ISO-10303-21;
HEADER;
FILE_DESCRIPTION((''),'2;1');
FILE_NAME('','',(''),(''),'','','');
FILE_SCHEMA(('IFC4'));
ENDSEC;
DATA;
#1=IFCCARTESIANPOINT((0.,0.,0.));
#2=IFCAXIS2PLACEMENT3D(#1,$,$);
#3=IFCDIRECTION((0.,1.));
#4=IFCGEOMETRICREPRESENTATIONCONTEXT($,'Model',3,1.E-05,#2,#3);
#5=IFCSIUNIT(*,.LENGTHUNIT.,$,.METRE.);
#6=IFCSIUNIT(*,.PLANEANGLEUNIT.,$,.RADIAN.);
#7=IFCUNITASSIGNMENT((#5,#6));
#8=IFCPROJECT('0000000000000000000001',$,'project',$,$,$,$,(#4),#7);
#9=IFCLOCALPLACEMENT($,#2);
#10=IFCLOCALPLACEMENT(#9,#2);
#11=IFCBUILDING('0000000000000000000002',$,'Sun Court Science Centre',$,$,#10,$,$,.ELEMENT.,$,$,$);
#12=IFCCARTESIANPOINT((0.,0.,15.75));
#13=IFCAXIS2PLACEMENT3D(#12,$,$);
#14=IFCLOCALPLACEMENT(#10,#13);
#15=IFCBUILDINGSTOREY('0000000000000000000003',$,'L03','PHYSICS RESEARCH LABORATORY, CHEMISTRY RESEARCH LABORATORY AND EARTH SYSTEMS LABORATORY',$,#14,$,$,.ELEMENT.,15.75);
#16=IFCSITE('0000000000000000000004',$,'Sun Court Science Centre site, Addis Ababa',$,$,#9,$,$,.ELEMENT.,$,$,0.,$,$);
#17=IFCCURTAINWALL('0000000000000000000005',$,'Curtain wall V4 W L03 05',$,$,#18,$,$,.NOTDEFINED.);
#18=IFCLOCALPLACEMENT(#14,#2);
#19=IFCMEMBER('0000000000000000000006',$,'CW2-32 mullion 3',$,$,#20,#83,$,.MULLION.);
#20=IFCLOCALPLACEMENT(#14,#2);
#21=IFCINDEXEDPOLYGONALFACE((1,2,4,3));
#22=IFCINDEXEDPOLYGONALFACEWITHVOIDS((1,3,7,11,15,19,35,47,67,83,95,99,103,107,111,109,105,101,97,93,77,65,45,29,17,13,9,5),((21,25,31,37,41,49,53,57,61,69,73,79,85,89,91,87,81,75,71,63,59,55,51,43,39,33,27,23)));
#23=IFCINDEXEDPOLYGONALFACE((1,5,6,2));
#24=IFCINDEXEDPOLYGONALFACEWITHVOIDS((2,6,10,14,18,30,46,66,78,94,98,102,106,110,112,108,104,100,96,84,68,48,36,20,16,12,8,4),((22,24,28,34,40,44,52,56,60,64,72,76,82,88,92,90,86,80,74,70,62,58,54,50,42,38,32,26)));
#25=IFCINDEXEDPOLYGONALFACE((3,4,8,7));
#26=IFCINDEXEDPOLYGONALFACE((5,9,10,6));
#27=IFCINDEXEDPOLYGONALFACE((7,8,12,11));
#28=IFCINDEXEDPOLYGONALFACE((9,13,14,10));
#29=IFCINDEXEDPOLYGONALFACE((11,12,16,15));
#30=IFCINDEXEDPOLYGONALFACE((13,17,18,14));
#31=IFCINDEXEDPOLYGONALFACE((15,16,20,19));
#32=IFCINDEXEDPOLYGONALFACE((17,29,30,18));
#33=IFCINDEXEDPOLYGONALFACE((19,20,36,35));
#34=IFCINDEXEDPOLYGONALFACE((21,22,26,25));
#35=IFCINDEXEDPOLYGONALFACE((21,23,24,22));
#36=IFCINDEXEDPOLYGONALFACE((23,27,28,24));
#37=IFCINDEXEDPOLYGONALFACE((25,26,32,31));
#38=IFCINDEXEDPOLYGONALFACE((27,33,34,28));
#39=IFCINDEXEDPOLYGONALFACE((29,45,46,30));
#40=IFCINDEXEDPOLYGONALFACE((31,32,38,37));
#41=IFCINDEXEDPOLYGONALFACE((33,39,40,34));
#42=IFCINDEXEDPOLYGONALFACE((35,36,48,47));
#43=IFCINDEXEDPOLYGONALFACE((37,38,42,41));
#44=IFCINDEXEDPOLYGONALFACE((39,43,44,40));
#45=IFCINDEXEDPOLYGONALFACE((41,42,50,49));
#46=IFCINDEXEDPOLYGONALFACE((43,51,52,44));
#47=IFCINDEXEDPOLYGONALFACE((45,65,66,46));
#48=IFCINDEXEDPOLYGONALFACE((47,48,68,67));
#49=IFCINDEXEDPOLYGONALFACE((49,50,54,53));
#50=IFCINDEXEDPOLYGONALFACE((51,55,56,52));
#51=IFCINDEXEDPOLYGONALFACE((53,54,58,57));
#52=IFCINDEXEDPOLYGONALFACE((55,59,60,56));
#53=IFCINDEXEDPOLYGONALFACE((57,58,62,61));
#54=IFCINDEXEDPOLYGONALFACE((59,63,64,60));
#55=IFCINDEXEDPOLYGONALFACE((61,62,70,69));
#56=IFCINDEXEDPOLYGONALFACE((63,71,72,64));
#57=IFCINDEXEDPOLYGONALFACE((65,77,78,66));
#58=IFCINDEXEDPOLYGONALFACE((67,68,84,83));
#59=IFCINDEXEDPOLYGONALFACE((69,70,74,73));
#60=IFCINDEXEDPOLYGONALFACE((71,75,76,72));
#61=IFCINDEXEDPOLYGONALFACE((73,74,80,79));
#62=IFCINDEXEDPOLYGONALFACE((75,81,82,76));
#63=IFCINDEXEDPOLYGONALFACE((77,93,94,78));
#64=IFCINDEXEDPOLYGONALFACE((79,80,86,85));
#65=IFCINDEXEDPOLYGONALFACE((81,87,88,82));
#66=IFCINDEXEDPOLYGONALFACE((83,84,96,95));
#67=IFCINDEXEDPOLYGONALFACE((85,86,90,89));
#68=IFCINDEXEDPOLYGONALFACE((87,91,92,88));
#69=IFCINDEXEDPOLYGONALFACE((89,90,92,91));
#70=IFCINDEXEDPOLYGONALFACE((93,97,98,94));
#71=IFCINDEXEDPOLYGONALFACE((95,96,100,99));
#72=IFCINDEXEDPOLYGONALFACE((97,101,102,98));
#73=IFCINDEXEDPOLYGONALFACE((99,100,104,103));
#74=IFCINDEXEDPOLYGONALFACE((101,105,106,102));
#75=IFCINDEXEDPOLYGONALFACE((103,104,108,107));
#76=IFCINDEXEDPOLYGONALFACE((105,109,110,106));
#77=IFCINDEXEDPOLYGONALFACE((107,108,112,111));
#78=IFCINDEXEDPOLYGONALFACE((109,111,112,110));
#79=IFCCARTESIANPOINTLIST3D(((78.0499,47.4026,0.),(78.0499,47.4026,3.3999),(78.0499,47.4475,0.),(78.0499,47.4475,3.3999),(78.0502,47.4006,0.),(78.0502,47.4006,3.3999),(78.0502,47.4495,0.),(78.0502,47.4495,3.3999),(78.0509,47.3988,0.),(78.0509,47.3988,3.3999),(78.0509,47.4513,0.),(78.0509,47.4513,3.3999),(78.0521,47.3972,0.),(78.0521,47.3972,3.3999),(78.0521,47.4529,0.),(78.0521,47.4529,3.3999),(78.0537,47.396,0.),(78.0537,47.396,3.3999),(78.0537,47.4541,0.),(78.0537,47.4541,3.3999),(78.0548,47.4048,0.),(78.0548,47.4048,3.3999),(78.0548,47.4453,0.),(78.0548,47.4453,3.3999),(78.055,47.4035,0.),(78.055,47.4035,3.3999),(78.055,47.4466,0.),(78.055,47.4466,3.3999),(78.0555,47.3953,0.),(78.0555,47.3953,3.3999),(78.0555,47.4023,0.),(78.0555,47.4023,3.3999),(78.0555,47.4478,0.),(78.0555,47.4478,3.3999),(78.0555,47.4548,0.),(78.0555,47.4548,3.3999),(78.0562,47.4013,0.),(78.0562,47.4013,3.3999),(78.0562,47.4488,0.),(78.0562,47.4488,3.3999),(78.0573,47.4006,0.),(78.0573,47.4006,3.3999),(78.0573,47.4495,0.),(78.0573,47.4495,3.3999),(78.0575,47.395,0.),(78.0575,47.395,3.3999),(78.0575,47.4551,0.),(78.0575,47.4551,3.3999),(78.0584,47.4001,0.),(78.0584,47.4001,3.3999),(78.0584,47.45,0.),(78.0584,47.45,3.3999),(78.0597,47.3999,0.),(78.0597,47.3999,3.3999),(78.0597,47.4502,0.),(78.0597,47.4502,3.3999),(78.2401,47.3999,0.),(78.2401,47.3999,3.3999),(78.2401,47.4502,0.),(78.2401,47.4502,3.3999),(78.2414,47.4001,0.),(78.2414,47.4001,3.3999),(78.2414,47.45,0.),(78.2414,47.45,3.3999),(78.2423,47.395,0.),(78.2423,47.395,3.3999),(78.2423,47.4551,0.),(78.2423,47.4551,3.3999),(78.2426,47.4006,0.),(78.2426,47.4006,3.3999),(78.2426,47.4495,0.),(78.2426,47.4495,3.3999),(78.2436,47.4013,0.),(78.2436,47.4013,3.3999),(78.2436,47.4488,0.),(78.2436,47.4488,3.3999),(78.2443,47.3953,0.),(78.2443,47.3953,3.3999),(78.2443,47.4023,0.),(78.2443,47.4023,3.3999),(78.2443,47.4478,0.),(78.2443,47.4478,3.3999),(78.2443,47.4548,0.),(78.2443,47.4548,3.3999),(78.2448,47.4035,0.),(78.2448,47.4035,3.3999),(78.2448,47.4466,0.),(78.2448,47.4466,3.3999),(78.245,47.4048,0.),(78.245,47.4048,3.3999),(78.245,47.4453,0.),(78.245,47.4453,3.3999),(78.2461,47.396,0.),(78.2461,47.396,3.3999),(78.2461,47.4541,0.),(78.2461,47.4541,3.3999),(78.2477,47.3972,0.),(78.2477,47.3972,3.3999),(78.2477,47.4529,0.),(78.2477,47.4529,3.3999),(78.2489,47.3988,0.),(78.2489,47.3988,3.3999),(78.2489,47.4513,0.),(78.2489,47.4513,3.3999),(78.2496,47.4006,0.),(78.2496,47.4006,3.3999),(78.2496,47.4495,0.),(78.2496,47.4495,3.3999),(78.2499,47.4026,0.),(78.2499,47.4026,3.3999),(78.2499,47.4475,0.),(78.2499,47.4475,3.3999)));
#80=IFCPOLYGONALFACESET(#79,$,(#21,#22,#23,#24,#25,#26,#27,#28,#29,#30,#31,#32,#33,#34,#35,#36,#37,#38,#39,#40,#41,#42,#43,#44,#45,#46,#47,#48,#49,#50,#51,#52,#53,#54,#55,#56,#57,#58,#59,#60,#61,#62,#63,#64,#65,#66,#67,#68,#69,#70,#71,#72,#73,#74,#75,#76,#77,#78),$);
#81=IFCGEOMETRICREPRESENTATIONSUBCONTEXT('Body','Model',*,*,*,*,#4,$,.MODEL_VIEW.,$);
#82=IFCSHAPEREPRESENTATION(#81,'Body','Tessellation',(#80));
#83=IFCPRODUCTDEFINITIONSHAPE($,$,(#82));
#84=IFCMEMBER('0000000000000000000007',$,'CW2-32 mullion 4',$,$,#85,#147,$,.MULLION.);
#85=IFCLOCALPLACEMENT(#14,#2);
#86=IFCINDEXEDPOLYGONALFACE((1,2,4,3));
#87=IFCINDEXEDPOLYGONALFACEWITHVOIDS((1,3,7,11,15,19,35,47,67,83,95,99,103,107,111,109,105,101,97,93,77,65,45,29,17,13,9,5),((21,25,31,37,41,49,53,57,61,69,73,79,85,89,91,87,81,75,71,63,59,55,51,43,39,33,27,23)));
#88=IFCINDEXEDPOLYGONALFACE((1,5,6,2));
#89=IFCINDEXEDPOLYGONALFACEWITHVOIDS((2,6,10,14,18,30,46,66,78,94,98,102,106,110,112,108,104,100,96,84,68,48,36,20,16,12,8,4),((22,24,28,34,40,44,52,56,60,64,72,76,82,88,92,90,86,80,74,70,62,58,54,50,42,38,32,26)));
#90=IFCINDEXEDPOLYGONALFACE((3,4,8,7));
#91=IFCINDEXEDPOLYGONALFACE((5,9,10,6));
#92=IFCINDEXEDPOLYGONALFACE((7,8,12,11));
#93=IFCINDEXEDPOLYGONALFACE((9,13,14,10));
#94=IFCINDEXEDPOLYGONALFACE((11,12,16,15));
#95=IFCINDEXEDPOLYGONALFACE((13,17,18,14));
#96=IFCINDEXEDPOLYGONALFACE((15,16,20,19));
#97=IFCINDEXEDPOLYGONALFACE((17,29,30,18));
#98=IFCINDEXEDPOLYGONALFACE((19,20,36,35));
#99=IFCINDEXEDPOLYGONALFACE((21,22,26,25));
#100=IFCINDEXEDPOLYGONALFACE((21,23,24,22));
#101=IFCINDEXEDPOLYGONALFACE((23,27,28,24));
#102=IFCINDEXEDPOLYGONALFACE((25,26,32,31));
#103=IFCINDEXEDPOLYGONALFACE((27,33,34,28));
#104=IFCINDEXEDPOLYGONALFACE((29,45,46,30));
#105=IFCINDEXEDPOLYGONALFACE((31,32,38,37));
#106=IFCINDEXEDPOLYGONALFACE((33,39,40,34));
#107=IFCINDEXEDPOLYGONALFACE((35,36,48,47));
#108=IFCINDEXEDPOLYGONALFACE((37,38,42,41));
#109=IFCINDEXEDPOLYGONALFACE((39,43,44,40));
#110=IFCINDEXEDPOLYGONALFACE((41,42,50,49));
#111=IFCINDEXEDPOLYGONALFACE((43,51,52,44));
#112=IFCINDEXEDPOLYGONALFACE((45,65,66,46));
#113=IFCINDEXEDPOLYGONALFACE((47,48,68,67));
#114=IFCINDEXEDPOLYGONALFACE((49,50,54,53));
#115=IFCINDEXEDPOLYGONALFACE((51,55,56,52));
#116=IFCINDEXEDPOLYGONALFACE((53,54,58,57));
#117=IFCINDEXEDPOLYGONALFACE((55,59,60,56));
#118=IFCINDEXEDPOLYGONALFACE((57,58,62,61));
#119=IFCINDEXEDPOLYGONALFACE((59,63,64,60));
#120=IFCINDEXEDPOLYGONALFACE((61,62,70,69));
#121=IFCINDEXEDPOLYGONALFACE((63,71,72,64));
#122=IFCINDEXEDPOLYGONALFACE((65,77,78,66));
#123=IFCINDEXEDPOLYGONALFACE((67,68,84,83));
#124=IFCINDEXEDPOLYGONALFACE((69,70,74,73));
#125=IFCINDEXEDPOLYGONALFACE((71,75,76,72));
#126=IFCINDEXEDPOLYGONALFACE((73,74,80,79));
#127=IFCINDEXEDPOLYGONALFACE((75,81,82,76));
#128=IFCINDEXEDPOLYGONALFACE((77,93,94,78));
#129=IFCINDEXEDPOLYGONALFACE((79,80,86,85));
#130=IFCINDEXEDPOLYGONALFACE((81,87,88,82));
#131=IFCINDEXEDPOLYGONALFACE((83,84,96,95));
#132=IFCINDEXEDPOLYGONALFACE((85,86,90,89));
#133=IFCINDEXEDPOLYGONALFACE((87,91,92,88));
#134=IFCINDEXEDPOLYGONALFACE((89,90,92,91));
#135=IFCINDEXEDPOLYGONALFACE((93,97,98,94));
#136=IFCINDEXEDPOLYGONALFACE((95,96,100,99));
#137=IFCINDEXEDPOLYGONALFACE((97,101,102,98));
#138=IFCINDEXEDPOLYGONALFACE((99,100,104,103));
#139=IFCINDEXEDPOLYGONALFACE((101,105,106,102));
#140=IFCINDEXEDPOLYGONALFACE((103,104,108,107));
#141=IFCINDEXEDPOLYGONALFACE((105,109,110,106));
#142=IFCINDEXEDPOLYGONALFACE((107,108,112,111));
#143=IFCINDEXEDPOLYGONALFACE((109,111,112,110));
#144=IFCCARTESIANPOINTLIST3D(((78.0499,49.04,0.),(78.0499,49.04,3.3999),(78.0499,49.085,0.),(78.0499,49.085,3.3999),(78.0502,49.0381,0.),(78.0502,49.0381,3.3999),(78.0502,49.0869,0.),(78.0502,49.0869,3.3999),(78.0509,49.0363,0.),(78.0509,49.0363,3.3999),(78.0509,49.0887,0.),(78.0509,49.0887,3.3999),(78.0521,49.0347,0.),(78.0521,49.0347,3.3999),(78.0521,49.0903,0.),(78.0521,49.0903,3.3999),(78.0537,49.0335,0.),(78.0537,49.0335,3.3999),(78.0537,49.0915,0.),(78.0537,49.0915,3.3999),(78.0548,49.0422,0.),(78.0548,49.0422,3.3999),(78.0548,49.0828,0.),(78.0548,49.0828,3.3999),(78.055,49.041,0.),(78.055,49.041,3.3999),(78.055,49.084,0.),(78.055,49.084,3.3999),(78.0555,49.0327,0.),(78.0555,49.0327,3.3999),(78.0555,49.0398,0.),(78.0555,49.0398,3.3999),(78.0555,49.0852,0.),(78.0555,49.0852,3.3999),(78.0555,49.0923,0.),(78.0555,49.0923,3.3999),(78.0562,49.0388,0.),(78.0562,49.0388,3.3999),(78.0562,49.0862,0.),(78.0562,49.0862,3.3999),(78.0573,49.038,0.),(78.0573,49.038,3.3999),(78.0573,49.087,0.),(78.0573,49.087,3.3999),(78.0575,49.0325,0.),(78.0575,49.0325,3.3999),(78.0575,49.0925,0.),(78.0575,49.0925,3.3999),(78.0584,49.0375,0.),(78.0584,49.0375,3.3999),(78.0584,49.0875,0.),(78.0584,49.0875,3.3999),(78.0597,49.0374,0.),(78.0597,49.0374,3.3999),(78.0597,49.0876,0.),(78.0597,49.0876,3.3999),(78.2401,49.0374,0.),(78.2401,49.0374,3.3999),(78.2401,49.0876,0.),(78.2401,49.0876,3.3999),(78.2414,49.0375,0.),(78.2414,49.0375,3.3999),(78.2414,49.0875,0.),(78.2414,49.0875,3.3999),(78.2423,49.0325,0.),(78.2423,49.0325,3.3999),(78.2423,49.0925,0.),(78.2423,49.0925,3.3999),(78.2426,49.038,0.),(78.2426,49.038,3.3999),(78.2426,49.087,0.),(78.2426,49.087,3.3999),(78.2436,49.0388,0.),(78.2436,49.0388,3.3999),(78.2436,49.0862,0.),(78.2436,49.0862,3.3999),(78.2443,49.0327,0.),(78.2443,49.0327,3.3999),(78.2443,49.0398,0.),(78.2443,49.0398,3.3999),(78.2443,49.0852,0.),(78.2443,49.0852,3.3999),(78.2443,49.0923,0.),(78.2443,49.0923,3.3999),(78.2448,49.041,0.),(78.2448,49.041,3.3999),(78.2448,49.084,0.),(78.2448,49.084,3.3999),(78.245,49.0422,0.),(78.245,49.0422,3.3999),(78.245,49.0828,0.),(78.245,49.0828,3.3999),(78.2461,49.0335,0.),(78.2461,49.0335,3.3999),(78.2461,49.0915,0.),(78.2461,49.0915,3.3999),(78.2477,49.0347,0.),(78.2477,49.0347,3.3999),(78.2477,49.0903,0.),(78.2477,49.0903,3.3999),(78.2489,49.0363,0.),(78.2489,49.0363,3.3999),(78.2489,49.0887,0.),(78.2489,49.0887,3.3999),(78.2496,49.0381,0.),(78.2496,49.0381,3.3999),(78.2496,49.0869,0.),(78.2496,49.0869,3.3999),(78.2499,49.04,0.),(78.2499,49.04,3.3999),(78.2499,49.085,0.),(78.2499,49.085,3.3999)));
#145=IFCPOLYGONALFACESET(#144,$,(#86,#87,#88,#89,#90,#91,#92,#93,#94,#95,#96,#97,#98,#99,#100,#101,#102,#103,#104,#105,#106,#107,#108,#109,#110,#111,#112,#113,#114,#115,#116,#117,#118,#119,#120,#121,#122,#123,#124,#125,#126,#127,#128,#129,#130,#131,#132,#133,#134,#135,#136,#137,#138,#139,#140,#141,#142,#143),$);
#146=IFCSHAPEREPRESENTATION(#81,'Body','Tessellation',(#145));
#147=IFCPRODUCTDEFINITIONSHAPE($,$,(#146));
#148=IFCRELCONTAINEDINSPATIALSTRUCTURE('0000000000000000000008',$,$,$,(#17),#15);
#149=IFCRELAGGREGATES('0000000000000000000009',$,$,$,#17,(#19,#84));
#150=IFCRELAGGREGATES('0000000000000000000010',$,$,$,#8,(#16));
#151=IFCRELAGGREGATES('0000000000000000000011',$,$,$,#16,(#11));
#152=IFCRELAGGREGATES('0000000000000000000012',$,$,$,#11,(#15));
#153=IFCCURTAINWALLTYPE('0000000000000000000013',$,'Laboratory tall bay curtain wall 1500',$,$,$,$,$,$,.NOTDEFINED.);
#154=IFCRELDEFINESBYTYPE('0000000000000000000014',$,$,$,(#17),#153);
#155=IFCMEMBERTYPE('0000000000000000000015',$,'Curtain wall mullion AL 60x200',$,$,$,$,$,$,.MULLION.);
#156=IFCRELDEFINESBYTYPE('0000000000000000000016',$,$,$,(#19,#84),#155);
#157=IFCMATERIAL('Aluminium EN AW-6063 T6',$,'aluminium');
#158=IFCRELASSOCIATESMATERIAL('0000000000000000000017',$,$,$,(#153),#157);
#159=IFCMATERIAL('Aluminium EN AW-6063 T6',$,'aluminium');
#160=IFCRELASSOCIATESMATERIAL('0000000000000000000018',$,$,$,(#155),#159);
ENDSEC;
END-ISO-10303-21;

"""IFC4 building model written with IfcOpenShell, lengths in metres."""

from ifc_helpers import new_model, si_unit, direction, frame, origin, origin_2d, place, context, subcontext, project, spatial, hollow_rectangle, extrude, material, material_profile, profile_set, type_object, element, aggregate, save


model = new_model("IFC4")

# Units and contexts
model_context = context("Model", 3, precision=1e-05, world=origin(), true_north=direction((0.0, 1.0)))
body_context = subcontext(model_context, "Body", "Model", "MODEL_VIEW")
ifc_project = project(units=[si_unit("LENGTHUNIT", "METRE"), si_unit("PLANEANGLEUNIT", "RADIAN")], contexts=[model_context])

# Site, building, storey
site_placement = place(None, origin())
site = spatial("IfcSite", under=ifc_project, at=site_placement, Name="Sun Court Science Centre site, Addis Ababa", CompositionType="ELEMENT", RefElevation=0.0)
building_placement = place(site_placement, origin())
building = spatial("IfcBuilding", under=site, at=building_placement, Name="Sun Court Science Centre", CompositionType="ELEMENT")
storey_placement = place(building_placement, frame((0.0, 0.0, 15.75)))
storey = spatial("IfcBuildingStorey", under=building, at=storey_placement, Name="L03", Description="PHYSICS RESEARCH LABORATORY, CHEMISTRY RESEARCH LABORATORY AND EARTH SYSTEMS LABORATORY", CompositionType="ELEMENT", Elevation=15.75)

# Curtain wall, members
ifc_material_1 = material(Name="Aluminium EN AW-6063 T6", Category="aluminium")
curtain_wall_type = type_object("IfcCurtainWallType", Name="Laboratory tall bay curtain wall 1500", PredefinedType="NOTDEFINED", material=ifc_material_1)
curtain_wall_1_placement = place(storey_placement, origin())
curtain_wall_1 = element("IfcCurtainWall", 1, at=curtain_wall_1_placement, inside=storey, type_object=curtain_wall_type, Name="Curtain wall V4 W L03 05", PredefinedType="NOTDEFINED")
ifc_material_2 = material(Name="Aluminium EN AW-6063 T6", Category="aluminium")
ifc_material_profile_1 = material_profile(ifc_material_2, hollow_rectangle(XDim=0.0601, YDim=0.2, WallThickness=0.0049, InnerFilletRadius=0.0049, OuterFilletRadius=0.0076, at=origin_2d()), Name="AL 60x200x5")
ifc_profile_set_1 = profile_set([ifc_material_profile_1], Name="Aluminium EN AW-6063 T6")
member_type_1 = type_object("IfcMemberType", Name="Curtain wall mullion AL 60x200", PredefinedType="MULLION", material=ifc_profile_set_1)
member_1_placement = place(storey_placement, frame((78.1499, 47.425, 0.0), z_axis=(0.0, 0.0, 1.0), x_axis=(0.0, 1.0, 0.0)))
member_1 = element("IfcMember", 2, at=member_1_placement, type_object=member_type_1, Name="CW2-32 mullion 3", PredefinedType="MULLION", context=body_context, shape_type="SweptSolid", body=[
    extrude(hollow_rectangle(XDim=0.0601, YDim=0.2, WallThickness=0.0049, InnerFilletRadius=0.0049, OuterFilletRadius=0.0076, at=origin_2d()), origin(), (0.0, 0.0, 1.0), 3.3999),
])
member_2_placement = place(storey_placement, frame((78.1499, 49.0625, 0.0), z_axis=(0.0, 0.0, 1.0), x_axis=(0.0, 1.0, 0.0)))
member_2 = element("IfcMember", 3, at=member_2_placement, type_object=member_type_1, Name="CW2-32 mullion 4", PredefinedType="MULLION", context=body_context, shape_type="SweptSolid", body=[
    extrude(hollow_rectangle(XDim=0.0601, YDim=0.2, WallThickness=0.0049, InnerFilletRadius=0.0049, OuterFilletRadius=0.0076, at=origin_2d()), origin(), (0.0, 0.0, 1.0), 3.3999),
])

aggregate(curtain_wall_1, [member_1, member_2])

save(model, "model.ifc")
